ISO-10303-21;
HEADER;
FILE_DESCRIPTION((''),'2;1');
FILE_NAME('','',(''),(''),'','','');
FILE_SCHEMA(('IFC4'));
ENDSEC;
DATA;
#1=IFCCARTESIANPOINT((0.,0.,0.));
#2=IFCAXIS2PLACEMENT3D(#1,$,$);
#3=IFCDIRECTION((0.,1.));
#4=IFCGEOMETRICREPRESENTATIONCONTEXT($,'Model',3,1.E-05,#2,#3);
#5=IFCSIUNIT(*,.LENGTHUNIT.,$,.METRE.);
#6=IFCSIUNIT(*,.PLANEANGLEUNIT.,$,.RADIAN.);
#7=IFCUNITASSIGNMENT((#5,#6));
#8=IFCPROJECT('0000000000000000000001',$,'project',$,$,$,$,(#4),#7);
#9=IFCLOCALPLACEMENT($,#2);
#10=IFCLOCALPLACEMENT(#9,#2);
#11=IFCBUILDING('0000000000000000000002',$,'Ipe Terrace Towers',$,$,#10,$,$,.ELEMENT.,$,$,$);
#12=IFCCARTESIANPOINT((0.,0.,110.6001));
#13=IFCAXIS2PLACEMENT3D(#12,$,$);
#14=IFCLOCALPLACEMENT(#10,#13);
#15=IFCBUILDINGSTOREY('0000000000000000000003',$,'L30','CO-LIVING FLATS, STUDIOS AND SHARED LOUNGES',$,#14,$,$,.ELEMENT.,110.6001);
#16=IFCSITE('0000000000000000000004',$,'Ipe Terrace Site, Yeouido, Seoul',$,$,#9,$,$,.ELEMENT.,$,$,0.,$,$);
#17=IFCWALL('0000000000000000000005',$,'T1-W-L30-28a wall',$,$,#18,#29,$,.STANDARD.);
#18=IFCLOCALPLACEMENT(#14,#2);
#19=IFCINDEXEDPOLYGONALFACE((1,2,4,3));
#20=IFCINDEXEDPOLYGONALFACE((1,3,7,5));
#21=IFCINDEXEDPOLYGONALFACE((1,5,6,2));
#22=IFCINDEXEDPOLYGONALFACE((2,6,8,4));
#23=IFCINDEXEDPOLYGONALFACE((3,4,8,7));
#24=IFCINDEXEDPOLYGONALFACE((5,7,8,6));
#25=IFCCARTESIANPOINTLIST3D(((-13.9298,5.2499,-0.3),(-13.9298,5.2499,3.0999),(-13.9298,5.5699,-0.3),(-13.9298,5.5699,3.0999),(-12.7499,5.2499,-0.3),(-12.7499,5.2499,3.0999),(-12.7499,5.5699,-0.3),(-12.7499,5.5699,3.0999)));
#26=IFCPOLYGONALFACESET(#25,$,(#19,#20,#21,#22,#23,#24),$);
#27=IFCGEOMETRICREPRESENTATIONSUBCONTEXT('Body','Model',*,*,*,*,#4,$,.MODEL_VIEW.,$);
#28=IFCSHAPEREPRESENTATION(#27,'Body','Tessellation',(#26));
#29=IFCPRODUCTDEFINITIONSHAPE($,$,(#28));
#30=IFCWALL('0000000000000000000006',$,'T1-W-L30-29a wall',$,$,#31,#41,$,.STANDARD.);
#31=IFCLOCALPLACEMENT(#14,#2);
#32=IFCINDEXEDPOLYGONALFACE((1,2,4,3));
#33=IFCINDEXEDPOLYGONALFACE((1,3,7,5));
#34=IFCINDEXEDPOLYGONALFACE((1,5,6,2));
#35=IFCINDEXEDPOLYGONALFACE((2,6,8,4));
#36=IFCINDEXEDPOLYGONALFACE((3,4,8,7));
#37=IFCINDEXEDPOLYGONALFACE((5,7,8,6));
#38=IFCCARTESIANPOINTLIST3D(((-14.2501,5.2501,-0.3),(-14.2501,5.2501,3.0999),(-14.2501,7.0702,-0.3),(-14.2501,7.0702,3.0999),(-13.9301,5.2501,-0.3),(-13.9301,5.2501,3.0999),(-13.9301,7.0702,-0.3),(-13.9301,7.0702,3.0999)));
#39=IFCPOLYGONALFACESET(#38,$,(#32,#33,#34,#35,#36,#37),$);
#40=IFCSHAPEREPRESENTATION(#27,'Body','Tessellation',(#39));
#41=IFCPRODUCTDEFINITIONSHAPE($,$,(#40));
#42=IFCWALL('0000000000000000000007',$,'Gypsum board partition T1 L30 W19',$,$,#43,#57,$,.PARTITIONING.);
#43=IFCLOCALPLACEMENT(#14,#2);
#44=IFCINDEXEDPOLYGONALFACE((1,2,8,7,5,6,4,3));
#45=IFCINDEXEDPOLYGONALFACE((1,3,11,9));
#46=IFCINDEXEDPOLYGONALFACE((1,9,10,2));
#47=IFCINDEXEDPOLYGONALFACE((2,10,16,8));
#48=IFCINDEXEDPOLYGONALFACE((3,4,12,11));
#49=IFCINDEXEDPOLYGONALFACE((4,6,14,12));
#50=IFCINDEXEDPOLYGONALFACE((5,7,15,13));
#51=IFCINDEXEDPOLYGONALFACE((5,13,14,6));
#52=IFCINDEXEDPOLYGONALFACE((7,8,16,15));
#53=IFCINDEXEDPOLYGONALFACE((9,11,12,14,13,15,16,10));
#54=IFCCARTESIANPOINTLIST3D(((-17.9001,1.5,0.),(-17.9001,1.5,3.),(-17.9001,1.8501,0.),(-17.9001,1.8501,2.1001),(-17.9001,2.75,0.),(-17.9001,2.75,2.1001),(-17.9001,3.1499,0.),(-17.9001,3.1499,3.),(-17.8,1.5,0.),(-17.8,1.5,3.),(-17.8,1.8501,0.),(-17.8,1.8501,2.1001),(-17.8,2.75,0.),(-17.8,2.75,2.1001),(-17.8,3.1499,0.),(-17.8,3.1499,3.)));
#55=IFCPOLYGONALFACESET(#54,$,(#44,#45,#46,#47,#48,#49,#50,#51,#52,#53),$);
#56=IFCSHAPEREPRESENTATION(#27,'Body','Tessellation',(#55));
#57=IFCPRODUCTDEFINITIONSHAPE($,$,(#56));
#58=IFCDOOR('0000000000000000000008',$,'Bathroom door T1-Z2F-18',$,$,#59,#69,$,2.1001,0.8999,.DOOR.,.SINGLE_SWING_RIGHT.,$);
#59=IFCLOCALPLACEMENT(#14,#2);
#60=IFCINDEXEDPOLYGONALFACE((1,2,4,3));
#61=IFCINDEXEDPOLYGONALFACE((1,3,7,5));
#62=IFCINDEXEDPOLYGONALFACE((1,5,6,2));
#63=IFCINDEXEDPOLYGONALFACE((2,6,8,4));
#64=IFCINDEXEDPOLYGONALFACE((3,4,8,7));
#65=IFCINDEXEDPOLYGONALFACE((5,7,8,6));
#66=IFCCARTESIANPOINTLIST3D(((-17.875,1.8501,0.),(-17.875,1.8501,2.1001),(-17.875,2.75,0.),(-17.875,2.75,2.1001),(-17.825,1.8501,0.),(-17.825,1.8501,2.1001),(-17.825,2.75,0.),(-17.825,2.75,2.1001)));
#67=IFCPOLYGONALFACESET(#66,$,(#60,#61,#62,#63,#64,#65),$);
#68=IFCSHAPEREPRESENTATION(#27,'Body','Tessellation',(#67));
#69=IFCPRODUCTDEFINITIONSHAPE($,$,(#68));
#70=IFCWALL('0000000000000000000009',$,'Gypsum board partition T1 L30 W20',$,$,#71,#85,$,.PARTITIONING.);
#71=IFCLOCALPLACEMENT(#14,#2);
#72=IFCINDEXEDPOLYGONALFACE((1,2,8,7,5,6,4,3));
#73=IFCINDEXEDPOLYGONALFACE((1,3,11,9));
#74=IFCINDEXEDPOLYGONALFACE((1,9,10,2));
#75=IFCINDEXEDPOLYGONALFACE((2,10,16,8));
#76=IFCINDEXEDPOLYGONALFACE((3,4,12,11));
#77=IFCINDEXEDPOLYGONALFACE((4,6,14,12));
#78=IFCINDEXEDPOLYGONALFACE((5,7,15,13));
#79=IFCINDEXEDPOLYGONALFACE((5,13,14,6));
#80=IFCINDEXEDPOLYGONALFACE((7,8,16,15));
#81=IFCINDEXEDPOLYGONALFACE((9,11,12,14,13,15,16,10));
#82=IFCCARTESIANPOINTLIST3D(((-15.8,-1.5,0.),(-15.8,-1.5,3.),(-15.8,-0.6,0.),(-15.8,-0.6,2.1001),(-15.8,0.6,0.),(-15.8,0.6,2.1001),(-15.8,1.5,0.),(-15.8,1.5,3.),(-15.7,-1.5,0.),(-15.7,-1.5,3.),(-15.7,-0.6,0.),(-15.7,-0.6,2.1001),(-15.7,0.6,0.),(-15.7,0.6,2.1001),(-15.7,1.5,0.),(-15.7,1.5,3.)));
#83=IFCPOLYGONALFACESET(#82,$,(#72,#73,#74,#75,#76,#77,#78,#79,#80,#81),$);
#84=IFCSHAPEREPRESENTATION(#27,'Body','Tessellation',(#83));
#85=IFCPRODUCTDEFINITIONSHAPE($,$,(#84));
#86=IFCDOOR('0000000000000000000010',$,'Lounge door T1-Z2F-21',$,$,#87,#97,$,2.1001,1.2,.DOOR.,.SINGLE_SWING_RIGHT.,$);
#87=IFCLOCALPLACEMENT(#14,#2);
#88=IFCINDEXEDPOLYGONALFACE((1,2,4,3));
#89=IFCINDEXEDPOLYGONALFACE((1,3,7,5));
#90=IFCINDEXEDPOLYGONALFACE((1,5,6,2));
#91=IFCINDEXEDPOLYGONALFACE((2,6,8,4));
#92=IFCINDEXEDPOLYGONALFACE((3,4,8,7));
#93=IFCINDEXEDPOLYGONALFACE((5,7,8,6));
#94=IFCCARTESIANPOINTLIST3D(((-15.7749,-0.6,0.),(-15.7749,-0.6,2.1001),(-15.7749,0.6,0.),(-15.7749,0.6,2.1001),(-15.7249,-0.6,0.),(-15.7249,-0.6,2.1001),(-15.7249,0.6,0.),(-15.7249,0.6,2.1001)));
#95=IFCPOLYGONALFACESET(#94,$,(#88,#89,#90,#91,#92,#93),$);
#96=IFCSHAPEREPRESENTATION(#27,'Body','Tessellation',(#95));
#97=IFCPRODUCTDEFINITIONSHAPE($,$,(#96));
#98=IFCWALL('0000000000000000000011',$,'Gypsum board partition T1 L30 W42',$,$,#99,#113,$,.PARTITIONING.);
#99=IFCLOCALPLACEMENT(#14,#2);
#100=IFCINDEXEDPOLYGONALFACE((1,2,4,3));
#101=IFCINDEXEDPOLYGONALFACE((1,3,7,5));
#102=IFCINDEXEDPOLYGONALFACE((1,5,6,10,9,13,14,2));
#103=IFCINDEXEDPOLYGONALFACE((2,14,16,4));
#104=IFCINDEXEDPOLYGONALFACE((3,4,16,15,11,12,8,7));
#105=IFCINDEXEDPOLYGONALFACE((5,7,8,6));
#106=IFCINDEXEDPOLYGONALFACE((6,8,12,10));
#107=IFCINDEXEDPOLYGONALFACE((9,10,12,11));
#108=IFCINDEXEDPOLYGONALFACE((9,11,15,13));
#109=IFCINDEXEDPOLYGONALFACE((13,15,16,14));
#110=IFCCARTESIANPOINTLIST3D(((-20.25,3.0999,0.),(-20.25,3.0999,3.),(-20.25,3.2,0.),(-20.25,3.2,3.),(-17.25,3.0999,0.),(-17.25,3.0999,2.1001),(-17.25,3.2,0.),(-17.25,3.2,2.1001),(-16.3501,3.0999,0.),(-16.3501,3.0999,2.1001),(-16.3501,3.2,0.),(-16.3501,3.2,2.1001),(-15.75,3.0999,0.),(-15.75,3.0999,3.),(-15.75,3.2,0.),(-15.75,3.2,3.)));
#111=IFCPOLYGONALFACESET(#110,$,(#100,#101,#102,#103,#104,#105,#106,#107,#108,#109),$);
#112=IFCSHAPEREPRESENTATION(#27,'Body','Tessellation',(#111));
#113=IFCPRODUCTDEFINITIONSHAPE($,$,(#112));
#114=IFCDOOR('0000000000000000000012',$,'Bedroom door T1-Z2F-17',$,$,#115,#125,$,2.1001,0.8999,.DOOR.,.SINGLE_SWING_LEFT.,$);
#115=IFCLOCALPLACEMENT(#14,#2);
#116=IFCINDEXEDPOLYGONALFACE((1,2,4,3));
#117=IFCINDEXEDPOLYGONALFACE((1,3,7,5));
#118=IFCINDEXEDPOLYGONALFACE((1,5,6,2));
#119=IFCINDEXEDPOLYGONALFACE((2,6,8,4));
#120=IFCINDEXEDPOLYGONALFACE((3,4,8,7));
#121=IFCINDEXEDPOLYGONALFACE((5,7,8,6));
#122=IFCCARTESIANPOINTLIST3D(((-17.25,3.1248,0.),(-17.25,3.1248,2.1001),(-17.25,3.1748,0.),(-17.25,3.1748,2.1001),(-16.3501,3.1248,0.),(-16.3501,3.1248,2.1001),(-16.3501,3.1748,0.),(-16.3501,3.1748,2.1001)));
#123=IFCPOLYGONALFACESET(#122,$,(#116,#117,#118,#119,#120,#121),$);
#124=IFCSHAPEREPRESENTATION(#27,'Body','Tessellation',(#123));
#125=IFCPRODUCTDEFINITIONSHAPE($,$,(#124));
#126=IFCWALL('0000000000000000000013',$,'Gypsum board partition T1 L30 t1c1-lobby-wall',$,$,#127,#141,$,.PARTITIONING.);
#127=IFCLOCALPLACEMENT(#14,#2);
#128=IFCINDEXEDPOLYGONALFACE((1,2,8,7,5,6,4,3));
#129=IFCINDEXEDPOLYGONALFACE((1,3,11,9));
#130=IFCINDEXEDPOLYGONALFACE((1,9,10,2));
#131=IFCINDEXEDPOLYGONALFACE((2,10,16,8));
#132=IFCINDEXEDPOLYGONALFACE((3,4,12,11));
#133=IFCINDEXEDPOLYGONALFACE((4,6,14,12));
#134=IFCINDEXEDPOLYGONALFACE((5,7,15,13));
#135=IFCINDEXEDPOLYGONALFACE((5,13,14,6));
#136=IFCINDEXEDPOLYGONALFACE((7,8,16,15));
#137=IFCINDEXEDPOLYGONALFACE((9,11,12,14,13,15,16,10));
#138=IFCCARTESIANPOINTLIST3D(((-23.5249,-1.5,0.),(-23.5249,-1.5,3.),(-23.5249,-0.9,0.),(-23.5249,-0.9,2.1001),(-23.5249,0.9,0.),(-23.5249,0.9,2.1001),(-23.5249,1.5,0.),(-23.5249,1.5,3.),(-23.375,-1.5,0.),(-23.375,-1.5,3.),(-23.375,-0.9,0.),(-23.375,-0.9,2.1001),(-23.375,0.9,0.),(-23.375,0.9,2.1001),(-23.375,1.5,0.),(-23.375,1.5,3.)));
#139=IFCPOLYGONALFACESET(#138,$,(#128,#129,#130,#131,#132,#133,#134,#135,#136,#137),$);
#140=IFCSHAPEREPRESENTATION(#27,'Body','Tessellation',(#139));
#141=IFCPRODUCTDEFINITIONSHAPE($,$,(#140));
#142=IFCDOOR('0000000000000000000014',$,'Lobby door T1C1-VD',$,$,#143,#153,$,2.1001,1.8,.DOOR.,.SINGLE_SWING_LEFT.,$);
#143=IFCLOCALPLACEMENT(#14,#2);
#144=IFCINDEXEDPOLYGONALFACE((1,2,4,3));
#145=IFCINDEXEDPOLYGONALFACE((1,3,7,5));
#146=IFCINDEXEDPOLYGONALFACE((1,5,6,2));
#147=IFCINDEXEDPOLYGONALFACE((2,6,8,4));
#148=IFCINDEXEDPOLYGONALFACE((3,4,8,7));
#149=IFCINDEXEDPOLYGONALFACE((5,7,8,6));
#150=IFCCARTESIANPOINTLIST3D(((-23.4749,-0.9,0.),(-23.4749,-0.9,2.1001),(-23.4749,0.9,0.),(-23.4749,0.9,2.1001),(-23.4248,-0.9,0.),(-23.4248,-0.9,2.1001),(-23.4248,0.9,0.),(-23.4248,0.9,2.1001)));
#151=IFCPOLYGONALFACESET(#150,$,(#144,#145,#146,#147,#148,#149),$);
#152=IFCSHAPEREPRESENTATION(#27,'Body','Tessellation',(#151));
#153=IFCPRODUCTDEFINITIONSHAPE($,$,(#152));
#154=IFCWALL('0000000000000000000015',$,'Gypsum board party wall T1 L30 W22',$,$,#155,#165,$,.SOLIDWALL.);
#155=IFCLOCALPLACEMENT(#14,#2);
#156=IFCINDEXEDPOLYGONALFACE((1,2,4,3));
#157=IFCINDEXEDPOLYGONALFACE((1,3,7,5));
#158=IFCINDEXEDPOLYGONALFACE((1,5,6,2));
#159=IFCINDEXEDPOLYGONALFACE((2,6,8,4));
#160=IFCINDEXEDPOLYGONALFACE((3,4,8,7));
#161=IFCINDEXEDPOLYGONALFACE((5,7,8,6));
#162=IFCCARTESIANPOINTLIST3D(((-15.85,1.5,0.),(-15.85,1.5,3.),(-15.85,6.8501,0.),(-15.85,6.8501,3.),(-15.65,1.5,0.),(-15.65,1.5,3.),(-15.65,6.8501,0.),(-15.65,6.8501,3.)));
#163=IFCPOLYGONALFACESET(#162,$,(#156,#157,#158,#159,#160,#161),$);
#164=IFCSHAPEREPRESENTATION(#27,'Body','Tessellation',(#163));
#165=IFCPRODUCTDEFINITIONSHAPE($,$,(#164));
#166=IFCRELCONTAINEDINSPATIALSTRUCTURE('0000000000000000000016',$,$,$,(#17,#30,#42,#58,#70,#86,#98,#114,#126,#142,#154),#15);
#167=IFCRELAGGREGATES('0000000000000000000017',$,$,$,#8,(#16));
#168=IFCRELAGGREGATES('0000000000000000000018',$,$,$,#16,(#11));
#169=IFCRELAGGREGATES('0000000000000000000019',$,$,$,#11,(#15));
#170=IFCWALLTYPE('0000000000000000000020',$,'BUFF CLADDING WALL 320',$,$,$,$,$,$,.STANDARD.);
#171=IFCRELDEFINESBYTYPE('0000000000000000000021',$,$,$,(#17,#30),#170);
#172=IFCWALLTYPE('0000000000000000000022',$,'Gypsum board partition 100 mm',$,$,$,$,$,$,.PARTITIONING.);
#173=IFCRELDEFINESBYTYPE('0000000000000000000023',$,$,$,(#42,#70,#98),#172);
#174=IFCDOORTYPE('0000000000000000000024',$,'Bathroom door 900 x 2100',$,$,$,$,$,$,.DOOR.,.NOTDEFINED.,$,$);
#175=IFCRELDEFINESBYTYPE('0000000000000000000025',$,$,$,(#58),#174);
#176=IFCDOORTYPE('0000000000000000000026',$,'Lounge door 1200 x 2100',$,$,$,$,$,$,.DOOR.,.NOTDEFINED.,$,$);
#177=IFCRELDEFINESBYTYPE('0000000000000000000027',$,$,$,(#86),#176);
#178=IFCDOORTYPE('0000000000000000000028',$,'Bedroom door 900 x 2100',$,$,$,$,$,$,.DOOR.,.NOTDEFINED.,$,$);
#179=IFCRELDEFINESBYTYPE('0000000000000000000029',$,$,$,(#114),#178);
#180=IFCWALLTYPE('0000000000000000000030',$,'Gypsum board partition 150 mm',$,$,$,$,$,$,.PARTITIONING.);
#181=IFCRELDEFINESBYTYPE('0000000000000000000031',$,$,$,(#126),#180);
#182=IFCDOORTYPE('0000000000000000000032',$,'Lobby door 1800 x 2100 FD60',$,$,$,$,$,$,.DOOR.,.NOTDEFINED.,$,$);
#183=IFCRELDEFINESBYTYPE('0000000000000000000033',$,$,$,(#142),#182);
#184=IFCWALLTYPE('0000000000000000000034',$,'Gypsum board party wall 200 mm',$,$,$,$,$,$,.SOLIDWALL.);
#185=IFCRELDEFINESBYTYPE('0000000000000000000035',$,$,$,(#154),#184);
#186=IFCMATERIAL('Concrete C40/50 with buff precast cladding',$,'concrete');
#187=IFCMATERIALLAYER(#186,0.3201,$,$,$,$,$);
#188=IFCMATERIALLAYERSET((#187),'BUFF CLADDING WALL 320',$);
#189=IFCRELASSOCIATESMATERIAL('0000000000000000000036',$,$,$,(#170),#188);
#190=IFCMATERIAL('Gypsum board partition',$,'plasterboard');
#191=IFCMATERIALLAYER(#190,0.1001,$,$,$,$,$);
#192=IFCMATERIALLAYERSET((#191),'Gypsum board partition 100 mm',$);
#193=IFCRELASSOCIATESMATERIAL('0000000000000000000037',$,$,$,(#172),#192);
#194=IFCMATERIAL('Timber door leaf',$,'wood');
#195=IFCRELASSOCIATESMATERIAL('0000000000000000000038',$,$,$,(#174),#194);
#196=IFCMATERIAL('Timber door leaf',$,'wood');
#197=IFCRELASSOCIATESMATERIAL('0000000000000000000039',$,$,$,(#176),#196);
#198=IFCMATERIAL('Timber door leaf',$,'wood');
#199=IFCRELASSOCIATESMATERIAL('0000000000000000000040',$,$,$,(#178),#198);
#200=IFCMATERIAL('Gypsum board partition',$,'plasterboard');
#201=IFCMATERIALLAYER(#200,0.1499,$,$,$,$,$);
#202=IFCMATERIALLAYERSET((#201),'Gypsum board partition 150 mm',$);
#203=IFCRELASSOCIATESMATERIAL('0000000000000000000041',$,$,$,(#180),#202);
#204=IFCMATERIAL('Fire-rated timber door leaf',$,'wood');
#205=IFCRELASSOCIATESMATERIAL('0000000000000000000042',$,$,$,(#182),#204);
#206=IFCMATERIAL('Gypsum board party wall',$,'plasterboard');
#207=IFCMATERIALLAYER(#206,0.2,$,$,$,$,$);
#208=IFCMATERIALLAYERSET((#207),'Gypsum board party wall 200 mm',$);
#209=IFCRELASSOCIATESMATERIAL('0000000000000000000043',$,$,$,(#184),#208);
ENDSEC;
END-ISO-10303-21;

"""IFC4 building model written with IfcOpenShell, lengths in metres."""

from ifc_helpers import new_model, si_unit, direction, frame, frame_2d, origin, place, context, subcontext, project, spatial, rectangle, extrude, material, layer, layer_set, type_object, element, fill, save


model = new_model("IFC4")

# Units and contexts
model_context = context("Model", 3, precision=1e-05, world=origin(), true_north=direction((0.0, 1.0)))
body_context = subcontext(model_context, "Body", "Model", "MODEL_VIEW")
ifc_project = project(units=[si_unit("LENGTHUNIT", "METRE"), si_unit("PLANEANGLEUNIT", "RADIAN")], contexts=[model_context])

# Site, building, storey
site_placement = place(None, origin())
site = spatial("IfcSite", under=ifc_project, at=site_placement, Name="Ipe Terrace Site, Yeouido, Seoul", CompositionType="ELEMENT", RefElevation=0.0)
building_placement = place(site_placement, origin())
building = spatial("IfcBuilding", under=site, at=building_placement, Name="Ipe Terrace Towers", CompositionType="ELEMENT")
storey_placement = place(building_placement, frame((0.0, 0.0, 110.6001)))
storey = spatial("IfcBuildingStorey", under=building, at=storey_placement, Name="L30", Description="CO-LIVING FLATS, STUDIOS AND SHARED LOUNGES", CompositionType="ELEMENT", Elevation=110.6001)

# Walls
ifc_material_1 = material(Name="Concrete C40/50 with buff precast cladding", Category="concrete")
ifc_layer_1 = layer(ifc_material_1, 0.3201)
ifc_layer_set_1 = layer_set([ifc_layer_1], Name="BUFF CLADDING WALL 320")
wall_type_1 = type_object("IfcWallType", Name="BUFF CLADDING WALL 320", PredefinedType="STANDARD", material=ifc_layer_set_1)
wall_1_placement = place(storey_placement, frame((-12.75, 5.4099, -0.3), z_axis=(0.0, 0.0, 1.0), x_axis=(-1.0, 0.0, 0.0)))
element("IfcWall", 1, at=wall_1_placement, inside=storey, type_object=wall_type_1, Name="T1-W-L30-28a wall", PredefinedType="STANDARD", context=body_context, shape_type="SweptSolid", body=[
    extrude(rectangle(XDim=1.1799, YDim=0.3201, at=frame_2d((0.5898, 0.0))), origin(), (0.0, 0.0, 1.0), 3.3999),
])
wall_2_placement = place(storey_placement, frame((-14.0901, 5.25, -0.3), z_axis=(0.0, 0.0, 1.0), x_axis=(0.0, 1.0, 0.0)))
element("IfcWall", 2, at=wall_2_placement, inside=storey, type_object=wall_type_1, Name="T1-W-L30-29a wall", PredefinedType="STANDARD", context=body_context, shape_type="SweptSolid", body=[
    extrude(rectangle(XDim=1.8201, YDim=0.3201, at=frame_2d((0.9102, 0.0))), origin(), (0.0, 0.0, 1.0), 3.3999),
])

# Walls, openings, doors
ifc_material_2 = material(Name="Gypsum board partition", Category="plasterboard")
ifc_layer_2 = layer(ifc_material_2, 0.1001)
ifc_layer_set_2 = layer_set([ifc_layer_2], Name="Gypsum board partition 100 mm")
wall_type_2 = type_object("IfcWallType", Name="Gypsum board partition 100 mm", PredefinedType="PARTITIONING", material=ifc_layer_set_2)
wall_3_placement = place(storey_placement, frame((-17.8501, 1.5, 0.0), z_axis=(0.0, 0.0, 1.0), x_axis=(0.0, 1.0, 0.0)))
wall_3 = element("IfcWall", 3, at=wall_3_placement, inside=storey, type_object=wall_type_2, Name="Gypsum board partition T1 L30 W19", PredefinedType="PARTITIONING", context=body_context, shape_type="SweptSolid", body=[
    extrude(rectangle(XDim=1.6499, YDim=0.1001, at=frame_2d((0.825, 0.0))), origin(), (0.0, 0.0, 1.0), 3.0),
])
opening_1_placement = place(wall_3_placement, frame((0.3501, 0.0, 0.0)))
opening_1 = element("IfcOpeningElement", 4, at=opening_1_placement, cuts=wall_3, PredefinedType="OPENING", context=body_context, shape_type="SweptSolid", body=[
    extrude(rectangle(XDim=0.8999, YDim=2.1001, at=frame_2d((0.45, 1.05))), frame((0.0, 0.0601, 0.0), z_axis=(0.0, -1.0, 0.0), x_axis=(1.0, 0.0, 0.0)), (0.0, 0.0, 1.0), 0.1201),
])
ifc_material_3 = material(Name="Timber door leaf", Category="wood")
door_type_1 = type_object("IfcDoorType", Name="Bathroom door 900 x 2100", OperationType="NOTDEFINED", PredefinedType="DOOR", material=ifc_material_3)
door_1_placement = place(opening_1_placement, origin())
door_1 = element("IfcDoor", 5, at=door_1_placement, inside=storey, type_object=door_type_1, Name="Bathroom door T1-Z2F-18", OperationType="SINGLE_SWING_RIGHT", OverallHeight=2.1001, OverallWidth=0.8999, PredefinedType="DOOR", context=body_context, shape_type="SweptSolid", body=[
    extrude(rectangle(XDim=0.8999, YDim=2.1001, at=frame_2d((0.45, 1.05))), frame((0.0, 0.0249, 0.0), z_axis=(0.0, -1.0, 0.0), x_axis=(1.0, 0.0, 0.0)), (0.0, 0.0, 1.0), 0.05),
])
fill(opening_1, door_1)
wall_4_placement = place(storey_placement, frame((-15.75, -1.5, 0.0), z_axis=(0.0, 0.0, 1.0), x_axis=(0.0, 1.0, 0.0)))
wall_4 = element("IfcWall", 6, at=wall_4_placement, inside=storey, type_object=wall_type_2, Name="Gypsum board partition T1 L30 W20", PredefinedType="PARTITIONING", context=body_context, shape_type="SweptSolid", body=[
    extrude(rectangle(XDim=3.0, YDim=0.1001, at=frame_2d((1.5, 0.0))), origin(), (0.0, 0.0, 1.0), 3.0),
])
opening_2_placement = place(wall_4_placement, frame((0.8999, 0.0, 0.0)))
opening_2 = element("IfcOpeningElement", 7, at=opening_2_placement, cuts=wall_4, PredefinedType="OPENING", context=body_context, shape_type="SweptSolid", body=[
    extrude(rectangle(XDim=1.2, YDim=2.1001, at=frame_2d((0.6001, 1.05))), frame((0.0, 0.0601, 0.0), z_axis=(0.0, -1.0, 0.0), x_axis=(1.0, 0.0, 0.0)), (0.0, 0.0, 1.0), 0.1201),
])
ifc_material_4 = material(Name="Timber door leaf", Category="wood")
door_type_2 = type_object("IfcDoorType", Name="Lounge door 1200 x 2100", OperationType="NOTDEFINED", PredefinedType="DOOR", material=ifc_material_4)
door_2_placement = place(opening_2_placement, origin())
door_2 = element("IfcDoor", 8, at=door_2_placement, inside=storey, type_object=door_type_2, Name="Lounge door T1-Z2F-21", OperationType="SINGLE_SWING_RIGHT", OverallHeight=2.1001, OverallWidth=1.2, PredefinedType="DOOR", context=body_context, shape_type="SweptSolid", body=[
    extrude(rectangle(XDim=1.2, YDim=2.1001, at=frame_2d((0.6001, 1.05))), frame((0.0, 0.0249, 0.0), z_axis=(0.0, -1.0, 0.0), x_axis=(1.0, 0.0, 0.0)), (0.0, 0.0, 1.0), 0.05),
])
fill(opening_2, door_2)
wall_5_placement = place(storey_placement, frame((-20.25, 3.1499, 0.0), z_axis=(0.0, 0.0, 1.0), x_axis=(1.0, 0.0, 0.0)))
wall_5 = element("IfcWall", 9, at=wall_5_placement, inside=storey, type_object=wall_type_2, Name="Gypsum board partition T1 L30 W42", PredefinedType="PARTITIONING", context=body_context, shape_type="SweptSolid", body=[
    extrude(rectangle(XDim=4.5, YDim=0.1001, at=frame_2d((2.25, 0.0))), origin(), (0.0, 0.0, 1.0), 3.0),
])
opening_3_placement = place(wall_5_placement, frame((3.0, 0.0, 0.0)))
opening_3 = element("IfcOpeningElement", 10, at=opening_3_placement, cuts=wall_5, PredefinedType="OPENING", context=body_context, shape_type="SweptSolid", body=[
    extrude(rectangle(XDim=0.8999, YDim=2.1001, at=frame_2d((0.45, 1.05))), frame((0.0, 0.0601, 0.0), z_axis=(0.0, -1.0, 0.0), x_axis=(1.0, 0.0, 0.0)), (0.0, 0.0, 1.0), 0.1201),
])
ifc_material_5 = material(Name="Timber door leaf", Category="wood")
door_type_3 = type_object("IfcDoorType", Name="Bedroom door 900 x 2100", OperationType="NOTDEFINED", PredefinedType="DOOR", material=ifc_material_5)
door_3_placement = place(opening_3_placement, origin())
door_3 = element("IfcDoor", 11, at=door_3_placement, inside=storey, type_object=door_type_3, Name="Bedroom door T1-Z2F-17", OperationType="SINGLE_SWING_LEFT", OverallHeight=2.1001, OverallWidth=0.8999, PredefinedType="DOOR", context=body_context, shape_type="SweptSolid", body=[
    extrude(rectangle(XDim=0.8999, YDim=2.1001, at=frame_2d((0.45, 1.05))), frame((0.0, 0.0249, 0.0), z_axis=(0.0, -1.0, 0.0), x_axis=(1.0, 0.0, 0.0)), (0.0, 0.0, 1.0), 0.05),
])
fill(opening_3, door_3)
ifc_material_6 = material(Name="Gypsum board partition", Category="plasterboard")
ifc_layer_3 = layer(ifc_material_6, 0.1499)
ifc_layer_set_3 = layer_set([ifc_layer_3], Name="Gypsum board partition 150 mm")
wall_type_3 = type_object("IfcWallType", Name="Gypsum board partition 150 mm", PredefinedType="PARTITIONING", material=ifc_layer_set_3)
wall_6_placement = place(storey_placement, frame((-23.45, -1.5, 0.0), z_axis=(0.0, 0.0, 1.0), x_axis=(0.0, 1.0, 0.0)))
wall_6 = element("IfcWall", 12, at=wall_6_placement, inside=storey, type_object=wall_type_3, Name="Gypsum board partition T1 L30 t1c1-lobby-wall", PredefinedType="PARTITIONING", context=body_context, shape_type="SweptSolid", body=[
    extrude(rectangle(XDim=3.0, YDim=0.1499, at=frame_2d((1.5, 0.0))), origin(), (0.0, 0.0, 1.0), 3.0),
])
opening_4_placement = place(wall_6_placement, frame((0.6001, 0.0, 0.0)))
opening_4 = element("IfcOpeningElement", 13, at=opening_4_placement, cuts=wall_6, PredefinedType="OPENING", context=body_context, shape_type="SweptSolid", body=[
    extrude(rectangle(XDim=1.8, YDim=2.1001, at=frame_2d((0.8999, 1.05))), frame((0.0, 0.085, 0.0), z_axis=(0.0, -1.0, 0.0), x_axis=(1.0, 0.0, 0.0)), (0.0, 0.0, 1.0), 0.1699),
])
ifc_material_7 = material(Name="Fire-rated timber door leaf", Category="wood")
door_type_4 = type_object("IfcDoorType", Name="Lobby door 1800 x 2100 FD60", OperationType="NOTDEFINED", PredefinedType="DOOR", material=ifc_material_7)
door_4_placement = place(opening_4_placement, origin())
door_4 = element("IfcDoor", 14, at=door_4_placement, inside=storey, type_object=door_type_4, Name="Lobby door T1C1-VD", OperationType="SINGLE_SWING_LEFT", OverallHeight=2.1001, OverallWidth=1.8, PredefinedType="DOOR", context=body_context, shape_type="SweptSolid", body=[
    extrude(rectangle(XDim=1.8, YDim=2.1001, at=frame_2d((0.8999, 1.05))), frame((0.0, 0.0249, 0.0), z_axis=(0.0, -1.0, 0.0), x_axis=(1.0, 0.0, 0.0)), (0.0, 0.0, 1.0), 0.05),
])
fill(opening_4, door_4)

# Wall
ifc_material_8 = material(Name="Gypsum board party wall", Category="plasterboard")
ifc_layer_4 = layer(ifc_material_8, 0.2)
ifc_layer_set_4 = layer_set([ifc_layer_4], Name="Gypsum board party wall 200 mm")
wall_type_4 = type_object("IfcWallType", Name="Gypsum board party wall 200 mm", PredefinedType="SOLIDWALL", material=ifc_layer_set_4)
wall_7_placement = place(storey_placement, frame((-15.75, 1.5, 0.0), z_axis=(0.0, 0.0, 1.0), x_axis=(0.0, 1.0, 0.0)))
element("IfcWall", 15, at=wall_7_placement, inside=storey, type_object=wall_type_4, Name="Gypsum board party wall T1 L30 W22", PredefinedType="SOLIDWALL", context=body_context, shape_type="SweptSolid", body=[
    extrude(rectangle(XDim=5.3501, YDim=0.2, at=frame_2d((2.675, 0.0))), origin(), (0.0, 0.0, 1.0), 3.0),
])

save(model, "model.ifc")
